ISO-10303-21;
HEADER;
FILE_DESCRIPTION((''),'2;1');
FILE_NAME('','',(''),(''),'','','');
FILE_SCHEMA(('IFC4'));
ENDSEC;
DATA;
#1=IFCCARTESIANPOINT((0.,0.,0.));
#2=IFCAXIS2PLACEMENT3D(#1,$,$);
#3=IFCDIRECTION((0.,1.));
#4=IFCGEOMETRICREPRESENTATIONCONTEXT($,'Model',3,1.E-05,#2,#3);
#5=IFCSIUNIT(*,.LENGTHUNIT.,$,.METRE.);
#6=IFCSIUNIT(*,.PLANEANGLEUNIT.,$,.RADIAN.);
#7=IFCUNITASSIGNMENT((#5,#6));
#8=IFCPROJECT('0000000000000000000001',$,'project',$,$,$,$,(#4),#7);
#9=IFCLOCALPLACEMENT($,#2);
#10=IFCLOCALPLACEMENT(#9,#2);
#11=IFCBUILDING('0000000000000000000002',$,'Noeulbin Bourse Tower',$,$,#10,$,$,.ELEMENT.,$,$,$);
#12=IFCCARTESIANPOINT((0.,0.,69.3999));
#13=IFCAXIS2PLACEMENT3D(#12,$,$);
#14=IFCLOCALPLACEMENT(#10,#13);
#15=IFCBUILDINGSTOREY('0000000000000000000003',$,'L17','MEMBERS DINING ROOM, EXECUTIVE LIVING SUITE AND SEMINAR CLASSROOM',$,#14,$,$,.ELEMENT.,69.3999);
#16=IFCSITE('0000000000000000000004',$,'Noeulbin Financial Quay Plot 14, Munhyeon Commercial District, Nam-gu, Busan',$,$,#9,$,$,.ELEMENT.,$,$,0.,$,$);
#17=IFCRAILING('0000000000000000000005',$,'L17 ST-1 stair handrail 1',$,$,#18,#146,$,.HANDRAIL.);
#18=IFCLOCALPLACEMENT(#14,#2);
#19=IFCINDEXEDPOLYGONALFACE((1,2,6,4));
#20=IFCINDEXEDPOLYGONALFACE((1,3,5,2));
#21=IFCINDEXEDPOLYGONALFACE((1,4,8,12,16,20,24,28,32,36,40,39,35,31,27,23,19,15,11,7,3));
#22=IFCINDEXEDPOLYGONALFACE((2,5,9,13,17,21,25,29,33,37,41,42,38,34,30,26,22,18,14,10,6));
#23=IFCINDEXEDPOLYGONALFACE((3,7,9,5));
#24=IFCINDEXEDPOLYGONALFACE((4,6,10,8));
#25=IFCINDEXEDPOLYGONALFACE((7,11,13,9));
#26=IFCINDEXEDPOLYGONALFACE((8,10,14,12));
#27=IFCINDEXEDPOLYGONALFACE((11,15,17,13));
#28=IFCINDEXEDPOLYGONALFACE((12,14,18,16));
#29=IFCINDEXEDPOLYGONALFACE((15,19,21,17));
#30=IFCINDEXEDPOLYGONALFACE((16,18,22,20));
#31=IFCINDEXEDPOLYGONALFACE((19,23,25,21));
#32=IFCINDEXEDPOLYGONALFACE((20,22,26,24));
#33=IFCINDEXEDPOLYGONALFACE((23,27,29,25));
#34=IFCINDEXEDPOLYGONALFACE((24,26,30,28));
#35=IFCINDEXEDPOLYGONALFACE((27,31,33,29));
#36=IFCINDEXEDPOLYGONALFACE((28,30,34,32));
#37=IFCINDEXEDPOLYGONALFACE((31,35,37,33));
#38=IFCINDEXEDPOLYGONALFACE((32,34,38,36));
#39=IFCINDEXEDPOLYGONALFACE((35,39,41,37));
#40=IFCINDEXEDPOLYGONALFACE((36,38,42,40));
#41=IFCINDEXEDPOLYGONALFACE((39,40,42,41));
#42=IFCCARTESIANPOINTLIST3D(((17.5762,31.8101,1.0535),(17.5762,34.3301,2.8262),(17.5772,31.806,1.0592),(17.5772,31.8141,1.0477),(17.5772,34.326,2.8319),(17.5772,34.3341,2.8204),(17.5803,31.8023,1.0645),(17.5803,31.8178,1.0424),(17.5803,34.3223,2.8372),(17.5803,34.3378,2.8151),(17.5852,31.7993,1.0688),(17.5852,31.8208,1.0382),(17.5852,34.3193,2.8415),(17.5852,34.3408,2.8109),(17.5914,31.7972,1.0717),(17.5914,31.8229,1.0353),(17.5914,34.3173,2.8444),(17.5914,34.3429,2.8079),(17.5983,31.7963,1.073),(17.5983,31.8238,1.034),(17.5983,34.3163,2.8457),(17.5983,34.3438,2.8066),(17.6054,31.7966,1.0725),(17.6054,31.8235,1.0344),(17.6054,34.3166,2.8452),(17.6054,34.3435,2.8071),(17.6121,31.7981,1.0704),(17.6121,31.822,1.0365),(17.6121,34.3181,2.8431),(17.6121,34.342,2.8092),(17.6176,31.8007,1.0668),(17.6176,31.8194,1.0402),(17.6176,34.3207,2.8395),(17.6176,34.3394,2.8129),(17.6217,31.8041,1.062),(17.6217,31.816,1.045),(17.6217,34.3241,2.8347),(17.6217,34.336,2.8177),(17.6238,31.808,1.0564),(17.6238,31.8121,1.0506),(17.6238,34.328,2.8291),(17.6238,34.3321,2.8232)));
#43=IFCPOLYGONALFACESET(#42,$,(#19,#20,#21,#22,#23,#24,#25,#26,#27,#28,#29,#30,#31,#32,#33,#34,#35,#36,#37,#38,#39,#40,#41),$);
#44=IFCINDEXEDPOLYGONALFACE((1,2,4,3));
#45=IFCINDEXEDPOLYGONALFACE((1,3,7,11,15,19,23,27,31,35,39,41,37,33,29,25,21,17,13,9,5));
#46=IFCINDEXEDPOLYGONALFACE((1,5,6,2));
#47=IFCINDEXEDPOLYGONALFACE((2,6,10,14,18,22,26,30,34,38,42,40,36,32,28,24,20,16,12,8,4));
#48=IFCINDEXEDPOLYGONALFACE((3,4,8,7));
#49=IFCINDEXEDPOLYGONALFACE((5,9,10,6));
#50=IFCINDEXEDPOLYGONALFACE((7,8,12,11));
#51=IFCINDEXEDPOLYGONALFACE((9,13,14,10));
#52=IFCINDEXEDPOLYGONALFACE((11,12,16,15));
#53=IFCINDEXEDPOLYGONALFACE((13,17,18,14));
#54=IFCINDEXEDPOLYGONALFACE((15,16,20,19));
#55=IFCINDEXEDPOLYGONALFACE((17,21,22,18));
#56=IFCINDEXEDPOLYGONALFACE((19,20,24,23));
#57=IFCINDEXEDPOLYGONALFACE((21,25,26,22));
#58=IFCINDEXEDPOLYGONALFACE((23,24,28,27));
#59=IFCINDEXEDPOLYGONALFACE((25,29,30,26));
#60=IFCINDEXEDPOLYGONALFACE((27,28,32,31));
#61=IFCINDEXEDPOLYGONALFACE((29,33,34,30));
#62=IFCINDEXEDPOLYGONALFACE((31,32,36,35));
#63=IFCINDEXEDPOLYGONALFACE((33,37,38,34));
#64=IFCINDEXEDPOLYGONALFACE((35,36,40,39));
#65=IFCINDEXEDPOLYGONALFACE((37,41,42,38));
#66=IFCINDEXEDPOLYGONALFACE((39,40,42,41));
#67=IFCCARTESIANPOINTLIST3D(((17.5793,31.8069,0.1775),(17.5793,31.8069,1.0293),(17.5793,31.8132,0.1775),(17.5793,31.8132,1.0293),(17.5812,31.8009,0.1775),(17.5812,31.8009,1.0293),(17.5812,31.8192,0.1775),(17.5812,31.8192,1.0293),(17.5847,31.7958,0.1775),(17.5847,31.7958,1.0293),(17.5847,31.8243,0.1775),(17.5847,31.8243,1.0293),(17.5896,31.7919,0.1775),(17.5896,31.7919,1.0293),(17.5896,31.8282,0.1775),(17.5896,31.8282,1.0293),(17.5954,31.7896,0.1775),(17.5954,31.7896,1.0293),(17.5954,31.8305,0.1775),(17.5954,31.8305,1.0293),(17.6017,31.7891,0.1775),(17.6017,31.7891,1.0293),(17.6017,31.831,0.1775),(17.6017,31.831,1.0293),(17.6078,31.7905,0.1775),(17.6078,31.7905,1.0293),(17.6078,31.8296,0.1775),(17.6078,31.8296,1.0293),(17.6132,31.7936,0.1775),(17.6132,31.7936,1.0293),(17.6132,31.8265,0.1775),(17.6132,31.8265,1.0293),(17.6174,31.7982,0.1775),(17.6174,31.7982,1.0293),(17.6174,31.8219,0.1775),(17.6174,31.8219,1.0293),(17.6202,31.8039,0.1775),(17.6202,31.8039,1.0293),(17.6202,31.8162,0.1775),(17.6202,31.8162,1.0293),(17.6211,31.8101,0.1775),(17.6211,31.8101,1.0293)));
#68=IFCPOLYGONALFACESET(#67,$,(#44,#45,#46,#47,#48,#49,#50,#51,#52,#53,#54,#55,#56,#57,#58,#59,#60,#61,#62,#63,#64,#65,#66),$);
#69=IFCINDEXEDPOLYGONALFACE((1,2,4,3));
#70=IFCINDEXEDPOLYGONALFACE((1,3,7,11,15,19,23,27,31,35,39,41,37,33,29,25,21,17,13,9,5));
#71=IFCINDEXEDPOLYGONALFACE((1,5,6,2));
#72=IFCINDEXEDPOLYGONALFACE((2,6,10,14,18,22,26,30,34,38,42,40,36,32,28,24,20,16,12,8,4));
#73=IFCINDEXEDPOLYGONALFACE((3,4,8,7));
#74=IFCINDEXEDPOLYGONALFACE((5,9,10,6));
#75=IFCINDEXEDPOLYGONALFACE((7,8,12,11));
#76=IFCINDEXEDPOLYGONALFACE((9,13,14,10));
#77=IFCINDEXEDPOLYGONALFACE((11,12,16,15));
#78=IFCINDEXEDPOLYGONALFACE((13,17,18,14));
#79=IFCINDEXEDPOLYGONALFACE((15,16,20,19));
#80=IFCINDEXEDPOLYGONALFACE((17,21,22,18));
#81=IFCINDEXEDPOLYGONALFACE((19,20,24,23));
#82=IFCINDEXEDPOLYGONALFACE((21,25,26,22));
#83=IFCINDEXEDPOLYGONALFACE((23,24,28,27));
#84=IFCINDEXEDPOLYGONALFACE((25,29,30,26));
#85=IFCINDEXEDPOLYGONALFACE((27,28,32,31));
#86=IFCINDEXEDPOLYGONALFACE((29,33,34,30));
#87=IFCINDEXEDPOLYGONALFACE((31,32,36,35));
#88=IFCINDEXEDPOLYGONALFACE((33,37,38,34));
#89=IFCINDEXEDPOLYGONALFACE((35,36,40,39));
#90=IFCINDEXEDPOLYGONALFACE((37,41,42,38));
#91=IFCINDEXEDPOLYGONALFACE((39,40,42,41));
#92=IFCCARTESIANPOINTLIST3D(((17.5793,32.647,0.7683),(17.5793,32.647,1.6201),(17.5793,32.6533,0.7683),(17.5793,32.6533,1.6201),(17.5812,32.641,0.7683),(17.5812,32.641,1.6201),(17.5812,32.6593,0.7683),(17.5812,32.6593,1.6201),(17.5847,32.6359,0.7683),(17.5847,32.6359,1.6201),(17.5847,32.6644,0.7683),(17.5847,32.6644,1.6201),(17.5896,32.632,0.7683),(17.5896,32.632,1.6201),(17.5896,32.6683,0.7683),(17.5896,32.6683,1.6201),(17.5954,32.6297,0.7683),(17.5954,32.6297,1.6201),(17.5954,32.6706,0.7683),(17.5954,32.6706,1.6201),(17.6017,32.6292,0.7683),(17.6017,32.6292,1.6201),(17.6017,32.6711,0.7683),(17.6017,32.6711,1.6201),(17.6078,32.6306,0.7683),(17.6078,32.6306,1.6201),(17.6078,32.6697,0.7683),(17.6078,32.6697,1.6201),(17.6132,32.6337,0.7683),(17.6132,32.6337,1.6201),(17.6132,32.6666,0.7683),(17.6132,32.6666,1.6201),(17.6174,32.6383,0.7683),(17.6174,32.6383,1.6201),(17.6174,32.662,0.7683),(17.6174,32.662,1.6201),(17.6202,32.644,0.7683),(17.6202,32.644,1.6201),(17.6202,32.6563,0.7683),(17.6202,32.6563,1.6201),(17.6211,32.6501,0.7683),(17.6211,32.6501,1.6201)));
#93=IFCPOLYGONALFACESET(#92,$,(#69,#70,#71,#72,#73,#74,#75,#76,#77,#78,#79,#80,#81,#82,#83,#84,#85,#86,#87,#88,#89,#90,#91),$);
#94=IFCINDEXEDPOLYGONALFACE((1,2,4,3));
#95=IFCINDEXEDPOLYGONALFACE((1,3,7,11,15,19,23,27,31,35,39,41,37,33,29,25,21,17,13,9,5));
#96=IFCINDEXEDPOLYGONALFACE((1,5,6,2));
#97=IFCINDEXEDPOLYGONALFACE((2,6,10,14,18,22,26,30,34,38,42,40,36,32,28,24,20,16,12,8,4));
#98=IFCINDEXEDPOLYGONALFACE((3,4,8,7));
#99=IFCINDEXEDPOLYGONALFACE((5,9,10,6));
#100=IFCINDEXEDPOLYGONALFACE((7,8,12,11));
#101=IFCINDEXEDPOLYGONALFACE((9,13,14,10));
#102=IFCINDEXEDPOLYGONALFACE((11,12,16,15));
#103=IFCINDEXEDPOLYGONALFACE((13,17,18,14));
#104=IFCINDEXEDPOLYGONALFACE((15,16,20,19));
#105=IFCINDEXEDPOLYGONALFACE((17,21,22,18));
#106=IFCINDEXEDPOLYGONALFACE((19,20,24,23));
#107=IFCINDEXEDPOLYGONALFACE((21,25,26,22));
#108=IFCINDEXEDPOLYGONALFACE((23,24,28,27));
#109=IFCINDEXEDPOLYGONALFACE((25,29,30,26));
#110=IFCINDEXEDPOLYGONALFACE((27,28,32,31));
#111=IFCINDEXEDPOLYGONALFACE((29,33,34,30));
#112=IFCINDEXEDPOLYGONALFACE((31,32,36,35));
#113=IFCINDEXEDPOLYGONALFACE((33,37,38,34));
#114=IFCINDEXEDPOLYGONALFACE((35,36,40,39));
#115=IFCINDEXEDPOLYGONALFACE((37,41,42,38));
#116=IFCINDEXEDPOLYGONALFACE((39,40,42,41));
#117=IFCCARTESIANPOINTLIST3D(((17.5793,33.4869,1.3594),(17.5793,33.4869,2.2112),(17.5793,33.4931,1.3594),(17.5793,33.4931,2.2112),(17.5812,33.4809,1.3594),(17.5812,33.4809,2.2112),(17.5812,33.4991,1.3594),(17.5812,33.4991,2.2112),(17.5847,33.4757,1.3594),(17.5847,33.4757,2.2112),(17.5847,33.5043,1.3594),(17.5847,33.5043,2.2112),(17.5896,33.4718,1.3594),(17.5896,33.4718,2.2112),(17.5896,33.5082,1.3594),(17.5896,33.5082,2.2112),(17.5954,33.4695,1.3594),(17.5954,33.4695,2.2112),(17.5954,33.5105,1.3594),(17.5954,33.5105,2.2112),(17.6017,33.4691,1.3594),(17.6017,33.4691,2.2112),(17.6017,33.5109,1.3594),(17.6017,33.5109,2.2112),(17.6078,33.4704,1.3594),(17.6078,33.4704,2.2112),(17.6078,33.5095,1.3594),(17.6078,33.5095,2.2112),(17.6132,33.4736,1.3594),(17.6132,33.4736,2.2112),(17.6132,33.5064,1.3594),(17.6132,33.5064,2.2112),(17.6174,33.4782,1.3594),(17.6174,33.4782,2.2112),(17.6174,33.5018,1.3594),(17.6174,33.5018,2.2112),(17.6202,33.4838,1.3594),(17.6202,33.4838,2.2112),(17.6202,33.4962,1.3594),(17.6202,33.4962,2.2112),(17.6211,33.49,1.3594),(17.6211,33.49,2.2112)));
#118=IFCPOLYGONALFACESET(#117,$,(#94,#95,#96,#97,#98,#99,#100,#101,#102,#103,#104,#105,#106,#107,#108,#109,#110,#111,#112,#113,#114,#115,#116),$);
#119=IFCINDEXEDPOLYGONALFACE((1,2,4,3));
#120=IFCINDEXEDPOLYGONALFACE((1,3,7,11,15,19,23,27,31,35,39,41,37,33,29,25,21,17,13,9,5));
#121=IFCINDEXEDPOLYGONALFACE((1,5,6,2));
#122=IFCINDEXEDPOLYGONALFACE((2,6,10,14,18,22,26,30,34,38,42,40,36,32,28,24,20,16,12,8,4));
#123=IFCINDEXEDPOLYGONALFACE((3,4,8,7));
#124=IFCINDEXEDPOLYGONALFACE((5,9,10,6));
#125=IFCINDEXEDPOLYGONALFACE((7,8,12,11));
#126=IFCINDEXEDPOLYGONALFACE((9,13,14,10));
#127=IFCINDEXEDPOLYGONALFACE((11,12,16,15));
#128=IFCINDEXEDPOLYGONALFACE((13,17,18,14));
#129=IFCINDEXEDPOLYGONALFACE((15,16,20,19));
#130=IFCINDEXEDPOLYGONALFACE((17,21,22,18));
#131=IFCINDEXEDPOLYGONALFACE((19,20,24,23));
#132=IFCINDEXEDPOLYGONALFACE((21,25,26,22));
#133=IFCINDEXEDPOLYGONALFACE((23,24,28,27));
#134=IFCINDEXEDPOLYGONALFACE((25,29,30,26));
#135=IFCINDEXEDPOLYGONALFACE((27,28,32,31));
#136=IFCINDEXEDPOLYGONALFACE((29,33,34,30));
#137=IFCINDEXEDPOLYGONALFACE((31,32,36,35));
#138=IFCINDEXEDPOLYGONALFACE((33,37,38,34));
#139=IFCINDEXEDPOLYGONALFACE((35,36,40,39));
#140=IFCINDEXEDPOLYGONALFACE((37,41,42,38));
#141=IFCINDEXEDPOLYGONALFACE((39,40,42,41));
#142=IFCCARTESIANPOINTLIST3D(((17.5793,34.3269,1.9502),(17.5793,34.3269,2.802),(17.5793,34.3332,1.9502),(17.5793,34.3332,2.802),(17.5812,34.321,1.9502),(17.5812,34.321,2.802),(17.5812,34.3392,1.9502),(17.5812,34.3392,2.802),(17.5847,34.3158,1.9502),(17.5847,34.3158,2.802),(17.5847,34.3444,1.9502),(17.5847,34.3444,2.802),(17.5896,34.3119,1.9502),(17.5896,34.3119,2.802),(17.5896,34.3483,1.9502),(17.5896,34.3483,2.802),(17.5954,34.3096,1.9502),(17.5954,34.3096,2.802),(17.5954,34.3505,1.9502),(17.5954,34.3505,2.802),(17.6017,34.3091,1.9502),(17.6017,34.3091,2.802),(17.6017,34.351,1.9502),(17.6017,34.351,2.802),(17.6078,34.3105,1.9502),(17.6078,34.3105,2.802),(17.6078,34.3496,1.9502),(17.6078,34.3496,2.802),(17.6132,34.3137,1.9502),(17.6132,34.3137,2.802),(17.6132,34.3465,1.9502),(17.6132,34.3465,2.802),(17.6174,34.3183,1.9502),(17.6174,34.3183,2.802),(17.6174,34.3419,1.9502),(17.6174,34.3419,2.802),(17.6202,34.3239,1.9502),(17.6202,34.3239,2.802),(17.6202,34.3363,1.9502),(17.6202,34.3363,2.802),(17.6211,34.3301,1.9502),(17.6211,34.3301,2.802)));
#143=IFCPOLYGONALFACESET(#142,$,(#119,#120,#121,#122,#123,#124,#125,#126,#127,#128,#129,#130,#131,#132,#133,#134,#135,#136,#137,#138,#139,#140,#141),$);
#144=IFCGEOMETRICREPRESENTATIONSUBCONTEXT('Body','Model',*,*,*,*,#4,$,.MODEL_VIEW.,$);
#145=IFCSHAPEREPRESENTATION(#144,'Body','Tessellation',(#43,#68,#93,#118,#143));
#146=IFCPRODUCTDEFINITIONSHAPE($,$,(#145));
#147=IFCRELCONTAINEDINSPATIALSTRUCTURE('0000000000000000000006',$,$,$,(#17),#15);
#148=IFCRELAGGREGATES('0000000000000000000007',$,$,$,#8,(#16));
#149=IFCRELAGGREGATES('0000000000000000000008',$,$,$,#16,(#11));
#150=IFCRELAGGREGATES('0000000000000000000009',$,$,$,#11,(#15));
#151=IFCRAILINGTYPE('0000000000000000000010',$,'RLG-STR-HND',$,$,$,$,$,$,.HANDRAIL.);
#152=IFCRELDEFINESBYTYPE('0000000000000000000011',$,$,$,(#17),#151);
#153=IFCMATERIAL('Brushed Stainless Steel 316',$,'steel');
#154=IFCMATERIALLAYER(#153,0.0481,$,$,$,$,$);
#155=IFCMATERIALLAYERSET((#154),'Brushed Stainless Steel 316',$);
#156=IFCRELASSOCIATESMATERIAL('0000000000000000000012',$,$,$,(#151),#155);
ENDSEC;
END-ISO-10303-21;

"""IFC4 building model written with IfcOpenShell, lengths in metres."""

from ifc_helpers import new_model, si_unit, direction, frame, origin, origin_2d, place, context, subcontext, project, spatial, circle, extrude, material, layer, layer_set, type_object, element, save


model = new_model("IFC4")

# Units and contexts
model_context = context("Model", 3, precision=1e-05, world=origin(), true_north=direction((0.0, 1.0)))
body_context = subcontext(model_context, "Body", "Model", "MODEL_VIEW")
ifc_project = project(units=[si_unit("LENGTHUNIT", "METRE"), si_unit("PLANEANGLEUNIT", "RADIAN")], contexts=[model_context])

# Site, building, storey
site_placement = place(None, origin())
site = spatial("IfcSite", under=ifc_project, at=site_placement, Name="Noeulbin Financial Quay Plot 14, Munhyeon Commercial District, Nam-gu, Busan", CompositionType="ELEMENT", RefElevation=0.0)
building_placement = place(site_placement, origin())
building = spatial("IfcBuilding", under=site, at=building_placement, Name="Noeulbin Bourse Tower", CompositionType="ELEMENT")
storey_placement = place(building_placement, frame((0.0, 0.0, 69.3999)))
storey = spatial("IfcBuildingStorey", under=building, at=storey_placement, Name="L17", Description="MEMBERS DINING ROOM, EXECUTIVE LIVING SUITE AND SEMINAR CLASSROOM", CompositionType="ELEMENT", Elevation=69.3999)

# Shared definitions
ifc_material_1 = material(Name="Brushed Stainless Steel 316", Category="steel")

# Railing
ifc_layer_1 = layer(ifc_material_1, 0.0481)
ifc_layer_set_1 = layer_set([ifc_layer_1], Name="Brushed Stainless Steel 316")
railing_type_1 = type_object("IfcRailingType", Name="RLG-STR-HND", PredefinedType="HANDRAIL", material=ifc_layer_set_1)
railing_1_placement = place(storey_placement, frame((17.6001, 31.8101, 0.1775)))
element("IfcRailing", 1, at=railing_1_placement, inside=storey, type_object=railing_type_1, Name="L17 ST-1 stair handrail 1", PredefinedType="HANDRAIL", context=body_context, shape_type="SweptSolid", body=[
    extrude(circle(Radius=0.0239, at=origin_2d()), frame((0.0, 0.0, 0.876), z_axis=(0.0, 0.817904, 0.575354), x_axis=(-1.0, 0.0, 0.0)), (0.0, 0.0, 1.0), 3.0811),
    extrude(circle(Radius=0.021, at=origin_2d()), origin(), (0.0, 0.0, 1.0), 0.8518),
    extrude(circle(Radius=0.021, at=origin_2d()), frame((0.0, 0.8401, 0.5908)), (0.0, 0.0, 1.0), 0.8518),
    extrude(circle(Radius=0.021, at=origin_2d()), frame((0.0, 1.6799, 1.1819)), (0.0, 0.0, 1.0), 0.8518),
    extrude(circle(Radius=0.021, at=origin_2d()), frame((0.0, 2.52, 1.7727)), (0.0, 0.0, 1.0), 0.8518),
])

save(model, "model.ifc")
